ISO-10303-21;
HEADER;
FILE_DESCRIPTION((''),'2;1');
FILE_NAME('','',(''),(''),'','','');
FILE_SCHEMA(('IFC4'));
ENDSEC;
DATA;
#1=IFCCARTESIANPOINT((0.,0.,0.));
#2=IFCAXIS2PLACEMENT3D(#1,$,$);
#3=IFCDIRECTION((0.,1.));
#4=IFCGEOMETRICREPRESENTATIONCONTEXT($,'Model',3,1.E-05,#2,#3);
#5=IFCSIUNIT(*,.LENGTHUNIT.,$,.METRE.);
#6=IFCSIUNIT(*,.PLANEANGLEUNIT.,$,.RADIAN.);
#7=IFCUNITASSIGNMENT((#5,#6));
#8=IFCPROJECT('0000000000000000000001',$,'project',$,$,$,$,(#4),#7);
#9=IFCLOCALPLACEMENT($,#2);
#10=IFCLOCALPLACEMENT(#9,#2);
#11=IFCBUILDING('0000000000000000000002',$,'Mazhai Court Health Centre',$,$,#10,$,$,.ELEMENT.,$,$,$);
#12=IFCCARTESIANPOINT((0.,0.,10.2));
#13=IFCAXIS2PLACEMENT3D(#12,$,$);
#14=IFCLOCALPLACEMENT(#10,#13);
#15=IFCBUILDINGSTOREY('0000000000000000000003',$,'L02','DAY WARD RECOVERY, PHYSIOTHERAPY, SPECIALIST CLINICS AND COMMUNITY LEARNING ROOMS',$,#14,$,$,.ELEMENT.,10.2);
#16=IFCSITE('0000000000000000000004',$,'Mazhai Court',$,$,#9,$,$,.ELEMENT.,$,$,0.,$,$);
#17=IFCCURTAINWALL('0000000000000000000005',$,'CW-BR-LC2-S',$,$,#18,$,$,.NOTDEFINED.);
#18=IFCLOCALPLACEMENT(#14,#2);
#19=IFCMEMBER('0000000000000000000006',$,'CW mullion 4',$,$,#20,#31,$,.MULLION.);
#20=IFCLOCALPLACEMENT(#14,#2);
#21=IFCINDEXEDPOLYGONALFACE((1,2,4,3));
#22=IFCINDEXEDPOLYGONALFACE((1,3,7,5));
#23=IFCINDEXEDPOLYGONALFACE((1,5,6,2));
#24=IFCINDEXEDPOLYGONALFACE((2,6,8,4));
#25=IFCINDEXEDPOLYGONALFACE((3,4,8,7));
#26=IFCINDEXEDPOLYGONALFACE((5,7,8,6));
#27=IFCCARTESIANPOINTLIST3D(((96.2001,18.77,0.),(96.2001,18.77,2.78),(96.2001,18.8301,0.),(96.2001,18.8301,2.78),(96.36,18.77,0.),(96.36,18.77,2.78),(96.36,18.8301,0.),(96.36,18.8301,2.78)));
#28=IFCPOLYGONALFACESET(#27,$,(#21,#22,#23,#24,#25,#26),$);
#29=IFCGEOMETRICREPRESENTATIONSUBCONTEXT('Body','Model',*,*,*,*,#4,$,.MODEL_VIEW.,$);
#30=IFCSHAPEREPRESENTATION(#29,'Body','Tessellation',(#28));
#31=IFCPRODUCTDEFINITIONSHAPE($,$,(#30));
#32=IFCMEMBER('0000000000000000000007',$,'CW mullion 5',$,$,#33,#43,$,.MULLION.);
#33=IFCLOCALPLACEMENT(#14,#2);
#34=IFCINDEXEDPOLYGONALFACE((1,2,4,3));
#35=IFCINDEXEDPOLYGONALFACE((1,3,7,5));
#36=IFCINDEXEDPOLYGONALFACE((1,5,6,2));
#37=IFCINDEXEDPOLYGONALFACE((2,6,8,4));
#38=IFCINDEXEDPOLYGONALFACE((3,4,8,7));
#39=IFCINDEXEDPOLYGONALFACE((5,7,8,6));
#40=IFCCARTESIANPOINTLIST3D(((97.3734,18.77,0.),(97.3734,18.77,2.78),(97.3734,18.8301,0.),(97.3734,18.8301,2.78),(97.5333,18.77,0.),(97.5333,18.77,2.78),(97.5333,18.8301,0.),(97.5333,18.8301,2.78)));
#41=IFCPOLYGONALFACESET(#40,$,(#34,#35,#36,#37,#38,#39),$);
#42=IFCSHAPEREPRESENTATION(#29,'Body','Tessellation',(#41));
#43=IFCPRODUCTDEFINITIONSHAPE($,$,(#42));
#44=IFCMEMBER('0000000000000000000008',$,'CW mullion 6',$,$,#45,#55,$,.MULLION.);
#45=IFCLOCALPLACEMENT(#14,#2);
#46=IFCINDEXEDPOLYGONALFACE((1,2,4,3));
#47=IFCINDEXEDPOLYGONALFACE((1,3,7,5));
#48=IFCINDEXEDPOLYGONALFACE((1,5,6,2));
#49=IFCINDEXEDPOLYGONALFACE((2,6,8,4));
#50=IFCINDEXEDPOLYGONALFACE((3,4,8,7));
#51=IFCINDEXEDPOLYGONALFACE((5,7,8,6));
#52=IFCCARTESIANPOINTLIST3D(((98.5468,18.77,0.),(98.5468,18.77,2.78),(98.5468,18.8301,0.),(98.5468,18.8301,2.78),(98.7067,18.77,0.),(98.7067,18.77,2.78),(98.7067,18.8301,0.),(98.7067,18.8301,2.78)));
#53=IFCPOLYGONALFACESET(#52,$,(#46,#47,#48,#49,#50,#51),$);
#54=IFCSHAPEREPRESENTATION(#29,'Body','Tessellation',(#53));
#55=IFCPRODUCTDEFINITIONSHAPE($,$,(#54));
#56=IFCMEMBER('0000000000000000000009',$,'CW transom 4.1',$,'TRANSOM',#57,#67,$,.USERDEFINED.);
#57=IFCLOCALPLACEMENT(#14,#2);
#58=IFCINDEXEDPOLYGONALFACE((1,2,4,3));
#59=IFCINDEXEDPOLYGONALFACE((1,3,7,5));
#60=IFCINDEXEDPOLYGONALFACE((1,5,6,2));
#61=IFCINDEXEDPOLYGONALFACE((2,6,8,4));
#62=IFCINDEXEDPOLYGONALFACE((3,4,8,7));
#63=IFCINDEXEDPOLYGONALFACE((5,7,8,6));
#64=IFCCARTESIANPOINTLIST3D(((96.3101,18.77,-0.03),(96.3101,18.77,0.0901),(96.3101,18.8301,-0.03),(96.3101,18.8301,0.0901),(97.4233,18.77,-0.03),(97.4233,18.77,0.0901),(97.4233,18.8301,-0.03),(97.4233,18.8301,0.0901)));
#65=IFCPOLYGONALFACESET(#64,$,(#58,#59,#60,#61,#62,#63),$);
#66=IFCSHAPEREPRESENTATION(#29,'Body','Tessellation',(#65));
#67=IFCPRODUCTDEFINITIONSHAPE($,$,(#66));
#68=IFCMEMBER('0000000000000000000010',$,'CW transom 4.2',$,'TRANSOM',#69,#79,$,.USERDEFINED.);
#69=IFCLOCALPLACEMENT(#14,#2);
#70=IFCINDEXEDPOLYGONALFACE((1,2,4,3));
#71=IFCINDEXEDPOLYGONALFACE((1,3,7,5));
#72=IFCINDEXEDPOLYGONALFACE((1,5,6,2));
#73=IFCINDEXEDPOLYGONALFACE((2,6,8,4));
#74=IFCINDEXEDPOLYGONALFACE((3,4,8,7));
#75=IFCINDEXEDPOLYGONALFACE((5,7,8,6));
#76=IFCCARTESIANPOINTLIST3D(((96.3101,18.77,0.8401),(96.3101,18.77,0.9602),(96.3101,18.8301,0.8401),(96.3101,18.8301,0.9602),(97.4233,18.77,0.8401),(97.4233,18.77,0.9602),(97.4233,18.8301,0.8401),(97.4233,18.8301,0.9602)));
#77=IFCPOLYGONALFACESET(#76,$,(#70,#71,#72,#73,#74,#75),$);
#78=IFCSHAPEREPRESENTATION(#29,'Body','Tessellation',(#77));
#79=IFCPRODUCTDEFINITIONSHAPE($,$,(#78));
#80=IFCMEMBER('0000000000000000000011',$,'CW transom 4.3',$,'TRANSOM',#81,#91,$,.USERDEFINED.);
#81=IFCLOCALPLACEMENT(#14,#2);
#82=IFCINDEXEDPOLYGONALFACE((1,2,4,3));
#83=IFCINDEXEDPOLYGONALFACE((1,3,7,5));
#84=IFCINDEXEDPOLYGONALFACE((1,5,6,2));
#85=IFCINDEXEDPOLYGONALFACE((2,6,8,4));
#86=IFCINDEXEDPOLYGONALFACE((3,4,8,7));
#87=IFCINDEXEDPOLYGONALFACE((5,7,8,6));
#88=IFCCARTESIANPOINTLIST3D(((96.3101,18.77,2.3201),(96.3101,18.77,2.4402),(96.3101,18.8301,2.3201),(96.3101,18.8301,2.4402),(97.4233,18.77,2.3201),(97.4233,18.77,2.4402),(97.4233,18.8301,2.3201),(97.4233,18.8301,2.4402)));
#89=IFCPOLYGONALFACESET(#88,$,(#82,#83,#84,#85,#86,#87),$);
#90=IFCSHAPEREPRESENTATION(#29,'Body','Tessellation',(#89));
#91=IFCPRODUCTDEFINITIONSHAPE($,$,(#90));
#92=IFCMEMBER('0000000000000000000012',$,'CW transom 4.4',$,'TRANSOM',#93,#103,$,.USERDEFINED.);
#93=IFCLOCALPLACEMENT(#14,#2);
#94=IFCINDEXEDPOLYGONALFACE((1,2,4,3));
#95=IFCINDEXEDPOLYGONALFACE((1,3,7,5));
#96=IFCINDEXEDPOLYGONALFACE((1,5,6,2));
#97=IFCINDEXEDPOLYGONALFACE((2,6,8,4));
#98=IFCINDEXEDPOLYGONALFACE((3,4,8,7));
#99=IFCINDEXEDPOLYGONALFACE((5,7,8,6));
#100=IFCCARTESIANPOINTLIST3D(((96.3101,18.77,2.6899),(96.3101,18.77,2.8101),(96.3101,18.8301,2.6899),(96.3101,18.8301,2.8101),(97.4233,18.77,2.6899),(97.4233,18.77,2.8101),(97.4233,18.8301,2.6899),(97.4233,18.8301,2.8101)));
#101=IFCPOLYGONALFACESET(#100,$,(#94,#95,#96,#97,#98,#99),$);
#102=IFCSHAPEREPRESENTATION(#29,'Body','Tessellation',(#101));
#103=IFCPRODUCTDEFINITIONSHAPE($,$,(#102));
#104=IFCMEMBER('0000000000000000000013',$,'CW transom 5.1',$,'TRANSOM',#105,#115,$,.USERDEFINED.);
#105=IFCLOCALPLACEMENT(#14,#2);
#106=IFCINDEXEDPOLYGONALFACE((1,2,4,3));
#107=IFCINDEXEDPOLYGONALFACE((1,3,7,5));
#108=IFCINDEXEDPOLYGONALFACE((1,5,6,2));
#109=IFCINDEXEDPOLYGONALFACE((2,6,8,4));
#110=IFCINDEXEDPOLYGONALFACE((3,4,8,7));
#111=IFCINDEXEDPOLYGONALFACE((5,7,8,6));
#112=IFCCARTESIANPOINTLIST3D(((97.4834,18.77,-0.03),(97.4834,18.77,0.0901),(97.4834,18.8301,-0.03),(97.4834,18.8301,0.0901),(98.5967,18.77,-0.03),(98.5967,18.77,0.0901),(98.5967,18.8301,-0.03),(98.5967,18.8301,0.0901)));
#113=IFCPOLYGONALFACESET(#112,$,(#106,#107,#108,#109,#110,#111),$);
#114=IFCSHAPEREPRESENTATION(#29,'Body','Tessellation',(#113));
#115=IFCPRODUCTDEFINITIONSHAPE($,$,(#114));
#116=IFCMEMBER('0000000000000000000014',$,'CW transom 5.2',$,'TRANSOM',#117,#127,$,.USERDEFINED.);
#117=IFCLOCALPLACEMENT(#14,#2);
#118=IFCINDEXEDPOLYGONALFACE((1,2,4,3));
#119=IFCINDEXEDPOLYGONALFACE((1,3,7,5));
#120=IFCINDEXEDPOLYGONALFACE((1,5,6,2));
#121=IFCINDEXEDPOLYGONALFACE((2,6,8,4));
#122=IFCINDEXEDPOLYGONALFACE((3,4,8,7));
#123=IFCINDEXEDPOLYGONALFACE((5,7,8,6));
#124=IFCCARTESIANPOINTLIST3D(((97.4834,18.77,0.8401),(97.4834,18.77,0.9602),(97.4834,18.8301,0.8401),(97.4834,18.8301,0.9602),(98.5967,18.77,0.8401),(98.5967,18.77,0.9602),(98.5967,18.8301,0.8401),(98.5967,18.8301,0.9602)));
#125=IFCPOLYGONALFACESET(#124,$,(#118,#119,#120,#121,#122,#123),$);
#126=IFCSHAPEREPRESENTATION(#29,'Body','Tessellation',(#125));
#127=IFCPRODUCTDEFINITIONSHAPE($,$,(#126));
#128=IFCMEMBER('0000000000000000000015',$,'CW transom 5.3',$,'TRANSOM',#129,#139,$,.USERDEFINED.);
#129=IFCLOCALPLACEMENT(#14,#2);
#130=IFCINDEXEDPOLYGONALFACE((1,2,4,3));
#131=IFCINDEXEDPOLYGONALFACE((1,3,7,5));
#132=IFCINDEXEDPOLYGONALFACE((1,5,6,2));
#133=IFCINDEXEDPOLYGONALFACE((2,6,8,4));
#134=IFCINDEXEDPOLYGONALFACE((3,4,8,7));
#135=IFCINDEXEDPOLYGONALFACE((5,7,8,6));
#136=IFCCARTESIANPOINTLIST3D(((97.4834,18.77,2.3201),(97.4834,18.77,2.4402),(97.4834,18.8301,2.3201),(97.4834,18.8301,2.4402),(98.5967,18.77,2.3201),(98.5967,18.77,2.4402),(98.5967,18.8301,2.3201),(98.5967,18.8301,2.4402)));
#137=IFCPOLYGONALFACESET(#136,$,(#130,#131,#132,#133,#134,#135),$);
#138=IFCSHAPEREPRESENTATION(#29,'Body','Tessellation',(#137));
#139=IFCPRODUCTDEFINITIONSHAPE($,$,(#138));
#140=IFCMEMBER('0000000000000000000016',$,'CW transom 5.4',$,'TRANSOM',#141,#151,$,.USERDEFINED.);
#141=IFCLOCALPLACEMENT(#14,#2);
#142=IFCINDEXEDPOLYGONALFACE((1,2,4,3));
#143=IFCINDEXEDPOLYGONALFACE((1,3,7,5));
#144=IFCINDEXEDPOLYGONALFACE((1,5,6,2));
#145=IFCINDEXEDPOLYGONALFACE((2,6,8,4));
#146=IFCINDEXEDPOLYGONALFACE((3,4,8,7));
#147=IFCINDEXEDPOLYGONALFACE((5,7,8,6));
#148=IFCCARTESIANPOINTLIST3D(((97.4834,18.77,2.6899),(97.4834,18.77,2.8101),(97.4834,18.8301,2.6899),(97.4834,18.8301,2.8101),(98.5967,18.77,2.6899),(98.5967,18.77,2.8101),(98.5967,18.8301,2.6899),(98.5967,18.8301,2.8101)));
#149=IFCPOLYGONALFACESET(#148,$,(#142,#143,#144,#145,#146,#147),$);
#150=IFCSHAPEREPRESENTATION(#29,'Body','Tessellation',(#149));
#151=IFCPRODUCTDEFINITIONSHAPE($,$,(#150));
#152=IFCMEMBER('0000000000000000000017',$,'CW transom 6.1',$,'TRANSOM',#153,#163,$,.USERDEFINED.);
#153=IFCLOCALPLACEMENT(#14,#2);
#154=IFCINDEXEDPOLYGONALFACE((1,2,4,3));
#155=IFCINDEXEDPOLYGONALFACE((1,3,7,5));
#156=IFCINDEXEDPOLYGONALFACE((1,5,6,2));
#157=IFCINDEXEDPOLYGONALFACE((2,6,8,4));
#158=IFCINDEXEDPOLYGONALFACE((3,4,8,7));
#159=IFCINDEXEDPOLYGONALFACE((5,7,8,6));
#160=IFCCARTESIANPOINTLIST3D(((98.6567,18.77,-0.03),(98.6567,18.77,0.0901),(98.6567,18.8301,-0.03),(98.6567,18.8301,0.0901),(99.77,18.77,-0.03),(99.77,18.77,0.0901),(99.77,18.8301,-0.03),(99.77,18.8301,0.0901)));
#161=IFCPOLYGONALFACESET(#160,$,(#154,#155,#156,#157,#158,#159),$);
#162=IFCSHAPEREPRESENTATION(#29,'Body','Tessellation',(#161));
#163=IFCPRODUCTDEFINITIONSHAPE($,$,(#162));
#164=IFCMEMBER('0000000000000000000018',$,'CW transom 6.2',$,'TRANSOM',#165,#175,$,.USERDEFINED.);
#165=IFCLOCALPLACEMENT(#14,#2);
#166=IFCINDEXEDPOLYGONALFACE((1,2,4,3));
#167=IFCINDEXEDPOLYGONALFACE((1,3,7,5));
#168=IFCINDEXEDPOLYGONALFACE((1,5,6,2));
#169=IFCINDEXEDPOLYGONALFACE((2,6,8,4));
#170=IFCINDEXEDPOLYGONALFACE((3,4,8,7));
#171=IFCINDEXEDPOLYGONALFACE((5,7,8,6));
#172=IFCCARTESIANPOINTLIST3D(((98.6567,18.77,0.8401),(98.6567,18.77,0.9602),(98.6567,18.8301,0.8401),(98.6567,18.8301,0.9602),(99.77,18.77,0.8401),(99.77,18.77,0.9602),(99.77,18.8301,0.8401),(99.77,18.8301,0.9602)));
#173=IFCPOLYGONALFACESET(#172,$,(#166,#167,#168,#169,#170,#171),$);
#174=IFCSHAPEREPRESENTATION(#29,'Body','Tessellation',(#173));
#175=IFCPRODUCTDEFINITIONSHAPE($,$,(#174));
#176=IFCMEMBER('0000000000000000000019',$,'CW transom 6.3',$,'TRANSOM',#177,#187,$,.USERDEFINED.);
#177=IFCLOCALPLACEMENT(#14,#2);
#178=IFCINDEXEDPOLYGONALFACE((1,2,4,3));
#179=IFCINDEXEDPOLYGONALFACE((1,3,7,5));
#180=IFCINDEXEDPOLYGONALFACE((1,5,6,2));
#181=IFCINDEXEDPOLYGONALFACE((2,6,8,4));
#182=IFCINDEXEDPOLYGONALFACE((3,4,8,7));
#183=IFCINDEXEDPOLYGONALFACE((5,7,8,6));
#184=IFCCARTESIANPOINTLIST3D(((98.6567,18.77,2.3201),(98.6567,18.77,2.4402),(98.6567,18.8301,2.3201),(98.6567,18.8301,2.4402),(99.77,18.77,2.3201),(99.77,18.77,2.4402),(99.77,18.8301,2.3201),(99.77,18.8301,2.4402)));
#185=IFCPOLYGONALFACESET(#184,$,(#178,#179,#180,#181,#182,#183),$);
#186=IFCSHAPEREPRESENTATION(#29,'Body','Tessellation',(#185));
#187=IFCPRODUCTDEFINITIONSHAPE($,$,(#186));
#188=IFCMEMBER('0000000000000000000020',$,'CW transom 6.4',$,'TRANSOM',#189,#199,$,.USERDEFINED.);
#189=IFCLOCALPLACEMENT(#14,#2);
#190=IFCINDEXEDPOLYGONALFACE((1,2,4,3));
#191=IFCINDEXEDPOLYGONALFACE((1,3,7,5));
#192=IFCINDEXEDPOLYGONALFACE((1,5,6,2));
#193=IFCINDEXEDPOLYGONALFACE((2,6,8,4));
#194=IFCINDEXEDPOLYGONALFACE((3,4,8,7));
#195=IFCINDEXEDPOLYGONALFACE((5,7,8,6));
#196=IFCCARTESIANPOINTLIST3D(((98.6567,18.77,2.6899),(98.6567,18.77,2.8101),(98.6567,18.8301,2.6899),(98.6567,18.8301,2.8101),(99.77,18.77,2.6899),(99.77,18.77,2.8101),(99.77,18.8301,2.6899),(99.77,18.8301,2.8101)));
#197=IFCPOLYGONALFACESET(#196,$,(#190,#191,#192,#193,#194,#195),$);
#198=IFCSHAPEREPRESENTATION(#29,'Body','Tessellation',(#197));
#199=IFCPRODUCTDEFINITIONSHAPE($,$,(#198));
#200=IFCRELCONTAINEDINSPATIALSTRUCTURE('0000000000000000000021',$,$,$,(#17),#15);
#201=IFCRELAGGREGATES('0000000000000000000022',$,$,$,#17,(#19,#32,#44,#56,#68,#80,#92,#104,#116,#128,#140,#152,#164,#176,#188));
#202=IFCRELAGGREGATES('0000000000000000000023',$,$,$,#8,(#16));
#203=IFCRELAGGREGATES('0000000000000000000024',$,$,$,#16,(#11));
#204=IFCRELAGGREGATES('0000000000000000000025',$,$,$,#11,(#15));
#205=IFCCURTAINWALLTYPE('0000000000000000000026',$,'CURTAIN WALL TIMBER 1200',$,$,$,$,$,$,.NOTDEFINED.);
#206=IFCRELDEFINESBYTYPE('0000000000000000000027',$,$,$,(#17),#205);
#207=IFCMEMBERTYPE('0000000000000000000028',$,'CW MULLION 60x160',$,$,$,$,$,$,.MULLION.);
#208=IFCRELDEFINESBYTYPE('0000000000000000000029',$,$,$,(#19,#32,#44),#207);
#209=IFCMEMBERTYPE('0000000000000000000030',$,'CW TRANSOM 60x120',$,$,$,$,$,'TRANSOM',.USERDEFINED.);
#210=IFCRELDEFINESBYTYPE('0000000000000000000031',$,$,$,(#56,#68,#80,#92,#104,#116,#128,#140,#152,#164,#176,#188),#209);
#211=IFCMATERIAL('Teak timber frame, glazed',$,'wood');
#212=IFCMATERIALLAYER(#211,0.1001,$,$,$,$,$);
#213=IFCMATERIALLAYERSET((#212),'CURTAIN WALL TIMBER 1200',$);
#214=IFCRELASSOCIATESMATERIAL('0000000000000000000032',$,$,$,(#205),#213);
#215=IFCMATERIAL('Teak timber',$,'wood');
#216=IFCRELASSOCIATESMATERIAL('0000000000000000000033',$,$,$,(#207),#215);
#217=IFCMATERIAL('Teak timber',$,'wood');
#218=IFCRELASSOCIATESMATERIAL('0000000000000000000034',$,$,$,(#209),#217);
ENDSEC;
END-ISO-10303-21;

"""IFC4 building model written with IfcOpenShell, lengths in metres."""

from ifc_helpers import new_model, si_unit, direction, frame, origin, origin_2d, place, context, subcontext, project, spatial, rectangle, extrude, material, layer, layer_set, material_profile, profile_set, type_object, element, aggregate, save


model = new_model("IFC4")

# Units and contexts
model_context = context("Model", 3, precision=1e-05, world=origin(), true_north=direction((0.0, 1.0)))
body_context = subcontext(model_context, "Body", "Model", "MODEL_VIEW")
ifc_project = project(units=[si_unit("LENGTHUNIT", "METRE"), si_unit("PLANEANGLEUNIT", "RADIAN")], contexts=[model_context])

# Site, building, storey
site_placement = place(None, origin())
site = spatial("IfcSite", under=ifc_project, at=site_placement, Name="Mazhai Court", CompositionType="ELEMENT", RefElevation=0.0)
building_placement = place(site_placement, origin())
building = spatial("IfcBuilding", under=site, at=building_placement, Name="Mazhai Court Health Centre", CompositionType="ELEMENT")
storey_placement = place(building_placement, frame((0.0, 0.0, 10.2)))
storey = spatial("IfcBuildingStorey", under=building, at=storey_placement, Name="L02", Description="DAY WARD RECOVERY, PHYSIOTHERAPY, SPECIALIST CLINICS AND COMMUNITY LEARNING ROOMS", CompositionType="ELEMENT", Elevation=10.2)

# Curtain wall, members
ifc_material_1 = material(Name="Teak timber frame, glazed", Category="wood")
ifc_layer_1 = layer(ifc_material_1, 0.1001)
ifc_layer_set_1 = layer_set([ifc_layer_1], Name="CURTAIN WALL TIMBER 1200")
curtain_wall_type = type_object("IfcCurtainWallType", Name="CURTAIN WALL TIMBER 1200", PredefinedType="NOTDEFINED", material=ifc_layer_set_1)
curtain_wall_placement = place(storey_placement, origin())
curtain_wall = element("IfcCurtainWall", 1, at=curtain_wall_placement, inside=storey, type_object=curtain_wall_type, Name="CW-BR-LC2-S", PredefinedType="NOTDEFINED")
ifc_material_2 = material(Name="Teak timber", Category="wood")
ifc_material_profile_1 = material_profile(ifc_material_2, rectangle(XDim=0.0601, YDim=0.1599, at=origin_2d()), Name="CW MULLION 60x160")
ifc_profile_set_1 = profile_set([ifc_material_profile_1], Name="Teak timber")
member_type_1 = type_object("IfcMemberType", Name="CW MULLION 60x160", PredefinedType="MULLION", material=ifc_profile_set_1)
member_1_placement = place(storey_placement, frame((96.28, 18.8, 0.0), z_axis=(0.0, 0.0, 1.0), x_axis=(0.0, 1.0, 0.0)))
member_1 = element("IfcMember", 2, at=member_1_placement, type_object=member_type_1, Name="CW mullion 4", PredefinedType="MULLION", context=body_context, shape_type="SweptSolid", body=[
    extrude(rectangle(XDim=0.0601, YDim=0.1599, at=origin_2d()), origin(), (0.0, 0.0, 1.0), 2.78),
])
member_2_placement = place(storey_placement, frame((97.4534, 18.8, 0.0), z_axis=(0.0, 0.0, 1.0), x_axis=(0.0, 1.0, 0.0)))
member_2 = element("IfcMember", 3, at=member_2_placement, type_object=member_type_1, Name="CW mullion 5", PredefinedType="MULLION", context=body_context, shape_type="SweptSolid", body=[
    extrude(rectangle(XDim=0.0601, YDim=0.1599, at=origin_2d()), origin(), (0.0, 0.0, 1.0), 2.78),
])
member_3_placement = place(storey_placement, frame((98.6267, 18.8, 0.0), z_axis=(0.0, 0.0, 1.0), x_axis=(0.0, 1.0, 0.0)))
member_3 = element("IfcMember", 4, at=member_3_placement, type_object=member_type_1, Name="CW mullion 6", PredefinedType="MULLION", context=body_context, shape_type="SweptSolid", body=[
    extrude(rectangle(XDim=0.0601, YDim=0.1599, at=origin_2d()), origin(), (0.0, 0.0, 1.0), 2.78),
])
ifc_material_3 = material(Name="Teak timber", Category="wood")
ifc_material_profile_2 = material_profile(ifc_material_3, rectangle(XDim=0.0601, YDim=0.1201, at=origin_2d()), Name="CW TRANSOM 60x120")
ifc_profile_set_2 = profile_set([ifc_material_profile_2], Name="Teak timber")
member_type_2 = type_object("IfcMemberType", Name="CW TRANSOM 60x120", ElementType="TRANSOM", PredefinedType="USERDEFINED", material=ifc_profile_set_2)
member_4_placement = place(storey_placement, frame((96.3101, 18.8, 0.03), z_axis=(1.0, 0.0, 0.0), x_axis=(0.0, 1.0, 0.0)))
member_4 = element("IfcMember", 5, at=member_4_placement, type_object=member_type_2, Name="CW transom 4.1", ObjectType="TRANSOM", PredefinedType="USERDEFINED", context=body_context, shape_type="SweptSolid", body=[
    extrude(rectangle(XDim=0.0601, YDim=0.1201, at=origin_2d()), origin(), (0.0, 0.0, 1.0), 1.1133),
])
member_5_placement = place(storey_placement, frame((96.3101, 18.8, 0.9001), z_axis=(1.0, 0.0, 0.0), x_axis=(0.0, 1.0, 0.0)))
member_5 = element("IfcMember", 6, at=member_5_placement, type_object=member_type_2, Name="CW transom 4.2", ObjectType="TRANSOM", PredefinedType="USERDEFINED", context=body_context, shape_type="SweptSolid", body=[
    extrude(rectangle(XDim=0.0601, YDim=0.1201, at=origin_2d()), origin(), (0.0, 0.0, 1.0), 1.1133),
])
member_6_placement = place(storey_placement, frame((96.3101, 18.8, 2.3801), z_axis=(1.0, 0.0, 0.0), x_axis=(0.0, 1.0, 0.0)))
member_6 = element("IfcMember", 7, at=member_6_placement, type_object=member_type_2, Name="CW transom 4.3", ObjectType="TRANSOM", PredefinedType="USERDEFINED", context=body_context, shape_type="SweptSolid", body=[
    extrude(rectangle(XDim=0.0601, YDim=0.1201, at=origin_2d()), origin(), (0.0, 0.0, 1.0), 1.1133),
])
member_7_placement = place(storey_placement, frame((96.3101, 18.8, 2.75), z_axis=(1.0, 0.0, 0.0), x_axis=(0.0, 1.0, 0.0)))
member_7 = element("IfcMember", 8, at=member_7_placement, type_object=member_type_2, Name="CW transom 4.4", ObjectType="TRANSOM", PredefinedType="USERDEFINED", context=body_context, shape_type="SweptSolid", body=[
    extrude(rectangle(XDim=0.0601, YDim=0.1201, at=origin_2d()), origin(), (0.0, 0.0, 1.0), 1.1133),
])
member_8_placement = place(storey_placement, frame((97.4834, 18.8, 0.03), z_axis=(1.0, 0.0, 0.0), x_axis=(0.0, 1.0, 0.0)))
member_8 = element("IfcMember", 9, at=member_8_placement, type_object=member_type_2, Name="CW transom 5.1", ObjectType="TRANSOM", PredefinedType="USERDEFINED", context=body_context, shape_type="SweptSolid", body=[
    extrude(rectangle(XDim=0.0601, YDim=0.1201, at=origin_2d()), origin(), (0.0, 0.0, 1.0), 1.1133),
])
member_9_placement = place(storey_placement, frame((97.4834, 18.8, 0.9001), z_axis=(1.0, 0.0, 0.0), x_axis=(0.0, 1.0, 0.0)))
member_9 = element("IfcMember", 10, at=member_9_placement, type_object=member_type_2, Name="CW transom 5.2", ObjectType="TRANSOM", PredefinedType="USERDEFINED", context=body_context, shape_type="SweptSolid", body=[
    extrude(rectangle(XDim=0.0601, YDim=0.1201, at=origin_2d()), origin(), (0.0, 0.0, 1.0), 1.1133),
])
member_10_placement = place(storey_placement, frame((97.4834, 18.8, 2.3801), z_axis=(1.0, 0.0, 0.0), x_axis=(0.0, 1.0, 0.0)))
member_10 = element("IfcMember", 11, at=member_10_placement, type_object=member_type_2, Name="CW transom 5.3", ObjectType="TRANSOM", PredefinedType="USERDEFINED", context=body_context, shape_type="SweptSolid", body=[
    extrude(rectangle(XDim=0.0601, YDim=0.1201, at=origin_2d()), origin(), (0.0, 0.0, 1.0), 1.1133),
])
member_11_placement = place(storey_placement, frame((97.4834, 18.8, 2.75), z_axis=(1.0, 0.0, 0.0), x_axis=(0.0, 1.0, 0.0)))
member_11 = element("IfcMember", 12, at=member_11_placement, type_object=member_type_2, Name="CW transom 5.4", ObjectType="TRANSOM", PredefinedType="USERDEFINED", context=body_context, shape_type="SweptSolid", body=[
    extrude(rectangle(XDim=0.0601, YDim=0.1201, at=origin_2d()), origin(), (0.0, 0.0, 1.0), 1.1133),
])
member_12_placement = place(storey_placement, frame((98.6567, 18.8, 0.03), z_axis=(1.0, 0.0, 0.0), x_axis=(0.0, 1.0, 0.0)))
member_12 = element("IfcMember", 13, at=member_12_placement, type_object=member_type_2, Name="CW transom 6.1", ObjectType="TRANSOM", PredefinedType="USERDEFINED", context=body_context, shape_type="SweptSolid", body=[
    extrude(rectangle(XDim=0.0601, YDim=0.1201, at=origin_2d()), origin(), (0.0, 0.0, 1.0), 1.1133),
])
member_13_placement = place(storey_placement, frame((98.6567, 18.8, 0.9001), z_axis=(1.0, 0.0, 0.0), x_axis=(0.0, 1.0, 0.0)))
member_13 = element("IfcMember", 14, at=member_13_placement, type_object=member_type_2, Name="CW transom 6.2", ObjectType="TRANSOM", PredefinedType="USERDEFINED", context=body_context, shape_type="SweptSolid", body=[
    extrude(rectangle(XDim=0.0601, YDim=0.1201, at=origin_2d()), origin(), (0.0, 0.0, 1.0), 1.1133),
])
member_14_placement = place(storey_placement, frame((98.6567, 18.8, 2.3801), z_axis=(1.0, 0.0, 0.0), x_axis=(0.0, 1.0, 0.0)))
member_14 = element("IfcMember", 15, at=member_14_placement, type_object=member_type_2, Name="CW transom 6.3", ObjectType="TRANSOM", PredefinedType="USERDEFINED", context=body_context, shape_type="SweptSolid", body=[
    extrude(rectangle(XDim=0.0601, YDim=0.1201, at=origin_2d()), origin(), (0.0, 0.0, 1.0), 1.1133),
])
member_15_placement = place(storey_placement, frame((98.6567, 18.8, 2.75), z_axis=(1.0, 0.0, 0.0), x_axis=(0.0, 1.0, 0.0)))
member_15 = element("IfcMember", 16, at=member_15_placement, type_object=member_type_2, Name="CW transom 6.4", ObjectType="TRANSOM", PredefinedType="USERDEFINED", context=body_context, shape_type="SweptSolid", body=[
    extrude(rectangle(XDim=0.0601, YDim=0.1201, at=origin_2d()), origin(), (0.0, 0.0, 1.0), 1.1133),
])
aggregate(curtain_wall, [member_1, member_2, member_3, member_4, member_5, member_6, member_7, member_8, member_9, member_10, member_11, member_12, member_13, member_14, member_15])

save(model, "model.ifc")
